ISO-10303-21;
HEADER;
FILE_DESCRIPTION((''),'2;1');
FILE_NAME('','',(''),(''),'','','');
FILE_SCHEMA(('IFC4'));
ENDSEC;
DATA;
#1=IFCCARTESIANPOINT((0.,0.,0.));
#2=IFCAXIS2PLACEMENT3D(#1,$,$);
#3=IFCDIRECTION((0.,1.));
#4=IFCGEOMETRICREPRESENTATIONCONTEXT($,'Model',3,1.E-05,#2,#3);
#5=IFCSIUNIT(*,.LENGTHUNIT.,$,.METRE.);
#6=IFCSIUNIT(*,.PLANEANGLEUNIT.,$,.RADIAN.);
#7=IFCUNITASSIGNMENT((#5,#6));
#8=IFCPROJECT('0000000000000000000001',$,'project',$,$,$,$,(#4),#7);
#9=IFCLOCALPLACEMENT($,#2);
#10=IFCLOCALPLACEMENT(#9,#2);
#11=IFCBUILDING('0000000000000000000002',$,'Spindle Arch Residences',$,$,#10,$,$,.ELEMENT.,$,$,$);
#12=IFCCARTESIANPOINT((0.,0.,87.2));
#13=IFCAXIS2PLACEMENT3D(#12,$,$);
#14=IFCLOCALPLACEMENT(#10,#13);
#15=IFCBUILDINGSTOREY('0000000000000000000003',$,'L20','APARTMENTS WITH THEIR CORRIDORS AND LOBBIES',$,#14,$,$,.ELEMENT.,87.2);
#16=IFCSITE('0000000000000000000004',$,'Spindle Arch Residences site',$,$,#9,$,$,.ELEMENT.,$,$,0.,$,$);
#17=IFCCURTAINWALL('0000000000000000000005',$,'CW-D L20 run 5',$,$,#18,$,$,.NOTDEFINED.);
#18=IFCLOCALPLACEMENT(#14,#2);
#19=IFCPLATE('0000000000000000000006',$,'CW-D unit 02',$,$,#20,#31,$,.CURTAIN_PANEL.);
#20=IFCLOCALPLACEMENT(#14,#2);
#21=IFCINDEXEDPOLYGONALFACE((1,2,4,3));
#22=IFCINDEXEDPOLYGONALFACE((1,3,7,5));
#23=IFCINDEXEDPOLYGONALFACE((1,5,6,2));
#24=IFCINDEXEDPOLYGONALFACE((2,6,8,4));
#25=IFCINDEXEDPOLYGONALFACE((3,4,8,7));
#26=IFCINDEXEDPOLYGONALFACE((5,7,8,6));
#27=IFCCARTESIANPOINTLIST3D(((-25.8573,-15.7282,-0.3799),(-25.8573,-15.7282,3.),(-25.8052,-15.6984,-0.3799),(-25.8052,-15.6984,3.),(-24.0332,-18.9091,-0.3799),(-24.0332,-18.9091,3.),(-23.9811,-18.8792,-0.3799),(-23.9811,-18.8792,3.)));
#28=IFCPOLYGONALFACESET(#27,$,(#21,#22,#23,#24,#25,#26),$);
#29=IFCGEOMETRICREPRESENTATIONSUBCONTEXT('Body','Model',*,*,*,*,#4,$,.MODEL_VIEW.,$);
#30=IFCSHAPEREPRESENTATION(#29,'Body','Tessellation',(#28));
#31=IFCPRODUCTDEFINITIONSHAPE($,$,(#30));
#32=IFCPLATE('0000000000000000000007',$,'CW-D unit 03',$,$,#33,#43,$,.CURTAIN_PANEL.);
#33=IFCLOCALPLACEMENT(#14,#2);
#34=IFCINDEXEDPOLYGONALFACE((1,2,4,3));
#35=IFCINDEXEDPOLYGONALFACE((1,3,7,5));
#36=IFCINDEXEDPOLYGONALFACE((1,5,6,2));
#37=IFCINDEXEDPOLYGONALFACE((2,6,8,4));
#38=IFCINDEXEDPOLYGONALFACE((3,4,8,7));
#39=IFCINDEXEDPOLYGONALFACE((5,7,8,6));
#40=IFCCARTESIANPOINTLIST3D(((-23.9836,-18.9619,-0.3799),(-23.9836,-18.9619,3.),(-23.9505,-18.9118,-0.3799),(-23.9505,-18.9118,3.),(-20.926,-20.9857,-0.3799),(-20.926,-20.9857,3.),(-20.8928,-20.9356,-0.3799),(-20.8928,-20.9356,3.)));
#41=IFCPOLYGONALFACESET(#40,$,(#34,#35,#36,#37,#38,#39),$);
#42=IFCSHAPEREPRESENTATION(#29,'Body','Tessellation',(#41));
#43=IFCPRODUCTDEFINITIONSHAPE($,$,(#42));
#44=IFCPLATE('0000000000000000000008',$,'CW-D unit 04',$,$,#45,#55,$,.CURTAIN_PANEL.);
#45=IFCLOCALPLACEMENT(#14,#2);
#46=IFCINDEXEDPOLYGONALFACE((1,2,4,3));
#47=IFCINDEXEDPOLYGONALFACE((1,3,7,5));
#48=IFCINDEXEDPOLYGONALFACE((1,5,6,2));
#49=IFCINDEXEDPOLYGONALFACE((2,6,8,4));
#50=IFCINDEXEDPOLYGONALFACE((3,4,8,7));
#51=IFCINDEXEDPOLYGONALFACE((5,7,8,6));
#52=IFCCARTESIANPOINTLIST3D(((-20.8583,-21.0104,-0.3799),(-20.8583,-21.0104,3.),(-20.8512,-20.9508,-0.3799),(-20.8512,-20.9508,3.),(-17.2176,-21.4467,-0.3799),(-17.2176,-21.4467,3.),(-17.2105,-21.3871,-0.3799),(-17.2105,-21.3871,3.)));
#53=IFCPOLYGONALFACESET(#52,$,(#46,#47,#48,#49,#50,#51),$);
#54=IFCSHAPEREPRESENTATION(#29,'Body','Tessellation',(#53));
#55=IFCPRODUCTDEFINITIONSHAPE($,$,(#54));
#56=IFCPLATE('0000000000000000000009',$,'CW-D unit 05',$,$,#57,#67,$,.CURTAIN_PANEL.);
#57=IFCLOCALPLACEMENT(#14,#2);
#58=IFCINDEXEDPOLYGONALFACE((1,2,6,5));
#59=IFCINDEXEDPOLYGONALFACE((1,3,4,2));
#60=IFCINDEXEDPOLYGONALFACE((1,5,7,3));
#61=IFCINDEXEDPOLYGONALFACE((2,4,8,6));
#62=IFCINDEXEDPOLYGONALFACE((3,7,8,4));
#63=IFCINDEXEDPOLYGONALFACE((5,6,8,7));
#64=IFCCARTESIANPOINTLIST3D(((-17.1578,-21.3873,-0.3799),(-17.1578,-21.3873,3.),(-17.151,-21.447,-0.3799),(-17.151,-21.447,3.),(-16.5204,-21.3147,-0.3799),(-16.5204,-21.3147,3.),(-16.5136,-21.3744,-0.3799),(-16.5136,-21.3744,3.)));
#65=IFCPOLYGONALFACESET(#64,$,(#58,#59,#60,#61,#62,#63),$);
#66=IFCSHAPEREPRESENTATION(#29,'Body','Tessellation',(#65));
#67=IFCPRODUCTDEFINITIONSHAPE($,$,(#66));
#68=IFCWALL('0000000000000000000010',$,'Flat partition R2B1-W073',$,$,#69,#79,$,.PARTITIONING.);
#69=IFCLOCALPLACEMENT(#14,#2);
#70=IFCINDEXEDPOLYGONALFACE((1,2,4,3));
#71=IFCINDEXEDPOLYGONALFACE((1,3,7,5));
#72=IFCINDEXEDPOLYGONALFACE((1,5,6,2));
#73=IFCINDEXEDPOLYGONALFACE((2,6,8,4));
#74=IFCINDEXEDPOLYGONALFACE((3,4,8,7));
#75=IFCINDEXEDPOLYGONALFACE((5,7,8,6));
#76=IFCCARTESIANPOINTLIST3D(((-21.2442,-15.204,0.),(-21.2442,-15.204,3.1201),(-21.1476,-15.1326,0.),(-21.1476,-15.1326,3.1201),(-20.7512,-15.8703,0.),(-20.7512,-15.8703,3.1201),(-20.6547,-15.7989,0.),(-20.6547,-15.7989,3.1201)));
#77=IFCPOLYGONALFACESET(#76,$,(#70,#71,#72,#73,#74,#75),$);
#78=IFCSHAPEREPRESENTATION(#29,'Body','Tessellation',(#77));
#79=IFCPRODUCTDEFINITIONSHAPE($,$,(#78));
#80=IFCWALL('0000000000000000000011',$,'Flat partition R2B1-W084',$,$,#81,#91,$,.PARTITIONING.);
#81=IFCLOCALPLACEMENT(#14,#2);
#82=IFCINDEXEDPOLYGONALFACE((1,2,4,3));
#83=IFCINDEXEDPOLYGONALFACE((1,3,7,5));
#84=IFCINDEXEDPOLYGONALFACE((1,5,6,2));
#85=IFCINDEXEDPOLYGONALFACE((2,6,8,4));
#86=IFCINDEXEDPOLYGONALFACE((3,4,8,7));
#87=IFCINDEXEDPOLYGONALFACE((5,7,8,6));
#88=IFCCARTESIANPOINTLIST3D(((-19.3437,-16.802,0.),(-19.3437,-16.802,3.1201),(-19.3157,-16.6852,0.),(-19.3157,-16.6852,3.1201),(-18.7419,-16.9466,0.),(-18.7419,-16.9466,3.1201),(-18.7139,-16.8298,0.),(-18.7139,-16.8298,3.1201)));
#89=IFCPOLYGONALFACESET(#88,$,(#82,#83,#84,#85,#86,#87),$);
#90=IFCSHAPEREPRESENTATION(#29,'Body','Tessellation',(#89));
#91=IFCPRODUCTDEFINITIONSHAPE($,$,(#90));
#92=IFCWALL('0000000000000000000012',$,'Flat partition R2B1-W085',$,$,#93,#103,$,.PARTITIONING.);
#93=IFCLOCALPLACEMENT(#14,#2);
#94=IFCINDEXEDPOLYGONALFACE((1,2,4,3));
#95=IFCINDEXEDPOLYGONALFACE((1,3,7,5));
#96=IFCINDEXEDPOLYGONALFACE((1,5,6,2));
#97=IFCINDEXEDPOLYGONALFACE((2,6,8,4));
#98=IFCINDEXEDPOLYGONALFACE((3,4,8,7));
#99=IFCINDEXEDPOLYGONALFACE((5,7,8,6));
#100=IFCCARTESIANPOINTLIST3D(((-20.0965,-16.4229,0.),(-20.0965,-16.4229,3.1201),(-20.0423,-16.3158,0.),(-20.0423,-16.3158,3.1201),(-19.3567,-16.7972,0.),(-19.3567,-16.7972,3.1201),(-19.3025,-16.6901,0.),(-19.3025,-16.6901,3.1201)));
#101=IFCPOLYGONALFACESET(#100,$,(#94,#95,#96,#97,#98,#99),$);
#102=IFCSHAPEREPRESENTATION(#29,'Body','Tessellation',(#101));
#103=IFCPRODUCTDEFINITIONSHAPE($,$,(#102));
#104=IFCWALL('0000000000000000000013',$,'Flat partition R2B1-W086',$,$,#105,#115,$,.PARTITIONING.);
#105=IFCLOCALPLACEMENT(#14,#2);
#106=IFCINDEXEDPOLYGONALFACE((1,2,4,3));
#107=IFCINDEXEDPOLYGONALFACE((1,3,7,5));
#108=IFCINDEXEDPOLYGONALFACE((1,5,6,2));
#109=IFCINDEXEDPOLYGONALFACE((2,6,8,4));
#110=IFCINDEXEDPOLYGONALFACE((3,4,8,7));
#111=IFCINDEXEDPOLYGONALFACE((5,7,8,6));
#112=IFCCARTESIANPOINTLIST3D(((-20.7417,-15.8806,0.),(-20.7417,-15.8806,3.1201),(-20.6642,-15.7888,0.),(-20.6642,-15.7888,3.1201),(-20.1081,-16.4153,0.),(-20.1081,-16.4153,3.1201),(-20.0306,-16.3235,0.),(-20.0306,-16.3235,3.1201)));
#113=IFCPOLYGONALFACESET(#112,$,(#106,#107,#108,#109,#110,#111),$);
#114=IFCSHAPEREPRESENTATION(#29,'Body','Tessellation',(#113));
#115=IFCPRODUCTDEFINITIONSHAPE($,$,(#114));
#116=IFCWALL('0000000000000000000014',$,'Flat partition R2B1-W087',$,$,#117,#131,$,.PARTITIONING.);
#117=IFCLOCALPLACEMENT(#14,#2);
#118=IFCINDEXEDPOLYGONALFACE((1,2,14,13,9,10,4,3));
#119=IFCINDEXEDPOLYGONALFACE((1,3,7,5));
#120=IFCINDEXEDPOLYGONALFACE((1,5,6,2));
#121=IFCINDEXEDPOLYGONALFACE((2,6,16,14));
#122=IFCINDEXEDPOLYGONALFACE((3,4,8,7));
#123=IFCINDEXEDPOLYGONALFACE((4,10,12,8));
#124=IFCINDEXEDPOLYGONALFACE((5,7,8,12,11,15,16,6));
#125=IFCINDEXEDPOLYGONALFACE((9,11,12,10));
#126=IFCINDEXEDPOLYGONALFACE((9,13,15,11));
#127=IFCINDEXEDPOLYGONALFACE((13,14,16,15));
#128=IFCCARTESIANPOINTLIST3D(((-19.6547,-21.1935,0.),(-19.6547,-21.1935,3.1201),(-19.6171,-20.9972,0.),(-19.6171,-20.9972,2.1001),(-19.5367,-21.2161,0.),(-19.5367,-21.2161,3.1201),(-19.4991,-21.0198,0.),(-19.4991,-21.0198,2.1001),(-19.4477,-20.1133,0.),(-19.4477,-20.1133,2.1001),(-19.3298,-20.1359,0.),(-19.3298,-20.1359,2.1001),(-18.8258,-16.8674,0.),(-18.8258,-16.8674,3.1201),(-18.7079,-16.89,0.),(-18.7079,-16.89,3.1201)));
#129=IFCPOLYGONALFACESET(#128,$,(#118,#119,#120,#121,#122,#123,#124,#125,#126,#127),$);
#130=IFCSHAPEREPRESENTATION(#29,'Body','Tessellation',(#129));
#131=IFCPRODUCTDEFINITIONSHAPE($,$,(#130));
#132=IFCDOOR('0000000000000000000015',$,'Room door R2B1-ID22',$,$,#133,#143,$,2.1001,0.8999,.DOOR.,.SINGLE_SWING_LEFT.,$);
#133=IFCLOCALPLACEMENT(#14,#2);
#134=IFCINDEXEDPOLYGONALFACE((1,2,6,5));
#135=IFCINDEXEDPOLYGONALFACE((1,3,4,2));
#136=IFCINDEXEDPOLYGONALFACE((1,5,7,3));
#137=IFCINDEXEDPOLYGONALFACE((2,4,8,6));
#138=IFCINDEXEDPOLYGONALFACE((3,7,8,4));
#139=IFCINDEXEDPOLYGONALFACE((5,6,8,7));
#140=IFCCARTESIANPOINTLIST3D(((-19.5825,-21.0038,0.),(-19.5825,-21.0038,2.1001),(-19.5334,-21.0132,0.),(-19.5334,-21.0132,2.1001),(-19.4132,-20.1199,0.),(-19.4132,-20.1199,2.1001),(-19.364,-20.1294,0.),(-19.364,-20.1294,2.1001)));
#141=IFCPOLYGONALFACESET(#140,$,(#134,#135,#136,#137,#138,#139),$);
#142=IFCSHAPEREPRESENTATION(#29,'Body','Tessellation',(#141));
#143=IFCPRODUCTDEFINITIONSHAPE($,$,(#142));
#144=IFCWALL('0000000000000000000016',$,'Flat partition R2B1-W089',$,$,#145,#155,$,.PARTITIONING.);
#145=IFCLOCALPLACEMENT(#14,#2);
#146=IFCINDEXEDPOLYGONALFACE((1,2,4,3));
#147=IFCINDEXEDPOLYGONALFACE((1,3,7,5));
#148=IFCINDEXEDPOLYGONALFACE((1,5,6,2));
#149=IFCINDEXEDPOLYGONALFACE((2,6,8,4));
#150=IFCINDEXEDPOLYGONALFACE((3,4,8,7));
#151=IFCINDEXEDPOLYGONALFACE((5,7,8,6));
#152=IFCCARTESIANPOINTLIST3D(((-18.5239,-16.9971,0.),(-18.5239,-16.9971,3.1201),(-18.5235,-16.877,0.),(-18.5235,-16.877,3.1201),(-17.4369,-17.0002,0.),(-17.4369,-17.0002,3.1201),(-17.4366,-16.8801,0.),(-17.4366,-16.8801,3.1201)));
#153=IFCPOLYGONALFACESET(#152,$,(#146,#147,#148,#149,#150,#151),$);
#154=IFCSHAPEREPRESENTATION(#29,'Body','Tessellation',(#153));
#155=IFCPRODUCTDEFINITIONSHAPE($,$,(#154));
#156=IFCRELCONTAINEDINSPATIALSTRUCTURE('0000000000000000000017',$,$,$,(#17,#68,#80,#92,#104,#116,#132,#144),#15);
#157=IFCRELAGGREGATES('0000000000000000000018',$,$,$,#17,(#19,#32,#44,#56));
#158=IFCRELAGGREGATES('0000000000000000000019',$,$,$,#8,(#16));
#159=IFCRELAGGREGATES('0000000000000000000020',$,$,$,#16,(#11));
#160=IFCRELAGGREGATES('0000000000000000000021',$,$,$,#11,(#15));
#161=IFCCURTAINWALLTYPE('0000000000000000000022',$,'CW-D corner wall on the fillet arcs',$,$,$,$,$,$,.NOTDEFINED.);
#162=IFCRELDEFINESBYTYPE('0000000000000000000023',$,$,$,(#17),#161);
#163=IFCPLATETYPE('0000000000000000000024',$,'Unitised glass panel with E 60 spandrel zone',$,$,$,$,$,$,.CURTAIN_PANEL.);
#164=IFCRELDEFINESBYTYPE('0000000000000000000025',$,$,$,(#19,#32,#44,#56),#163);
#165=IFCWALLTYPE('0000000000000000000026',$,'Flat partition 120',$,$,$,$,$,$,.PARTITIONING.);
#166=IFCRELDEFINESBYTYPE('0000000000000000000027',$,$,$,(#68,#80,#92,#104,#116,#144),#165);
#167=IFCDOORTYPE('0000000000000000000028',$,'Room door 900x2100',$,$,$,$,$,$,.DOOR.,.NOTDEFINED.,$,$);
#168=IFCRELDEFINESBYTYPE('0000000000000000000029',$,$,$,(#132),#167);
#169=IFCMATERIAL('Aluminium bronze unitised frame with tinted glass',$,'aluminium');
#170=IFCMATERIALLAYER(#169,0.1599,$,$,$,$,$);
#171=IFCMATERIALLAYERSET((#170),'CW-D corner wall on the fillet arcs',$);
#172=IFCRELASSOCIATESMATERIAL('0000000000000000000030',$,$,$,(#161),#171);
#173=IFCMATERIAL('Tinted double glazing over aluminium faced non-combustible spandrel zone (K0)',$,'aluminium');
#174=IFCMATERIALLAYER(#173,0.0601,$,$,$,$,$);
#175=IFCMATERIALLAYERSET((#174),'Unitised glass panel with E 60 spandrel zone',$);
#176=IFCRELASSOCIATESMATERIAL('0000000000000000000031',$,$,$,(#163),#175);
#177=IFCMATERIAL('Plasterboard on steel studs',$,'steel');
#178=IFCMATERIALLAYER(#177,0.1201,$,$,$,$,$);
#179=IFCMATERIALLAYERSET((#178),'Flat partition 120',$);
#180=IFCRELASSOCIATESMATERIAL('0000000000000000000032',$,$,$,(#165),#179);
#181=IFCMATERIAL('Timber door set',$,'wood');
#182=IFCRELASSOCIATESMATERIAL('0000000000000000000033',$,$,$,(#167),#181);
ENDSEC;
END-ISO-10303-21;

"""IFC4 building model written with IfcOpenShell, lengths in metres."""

from ifc_helpers import new_model, si_unit, direction, frame, frame_2d, origin, origin_2d, place, context, subcontext, project, spatial, rectangle, extrude, material, layer, layer_set, type_object, element, fill, aggregate, save


model = new_model("IFC4")

# Units and contexts
model_context = context("Model", 3, precision=1e-05, world=origin(), true_north=direction((0.0, 1.0)))
body_context = subcontext(model_context, "Body", "Model", "MODEL_VIEW")
ifc_project = project(units=[si_unit("LENGTHUNIT", "METRE"), si_unit("PLANEANGLEUNIT", "RADIAN")], contexts=[model_context])

# Site, building, storey
site_placement = place(None, origin())
site = spatial("IfcSite", under=ifc_project, at=site_placement, Name="Spindle Arch Residences site", CompositionType="ELEMENT", RefElevation=0.0)
building_placement = place(site_placement, origin())
building = spatial("IfcBuilding", under=site, at=building_placement, Name="Spindle Arch Residences", CompositionType="ELEMENT")
storey_placement = place(building_placement, frame((0.0, 0.0, 87.2)))
storey = spatial("IfcBuildingStorey", under=building, at=storey_placement, Name="L20", Description="APARTMENTS WITH THEIR CORRIDORS AND LOBBIES", CompositionType="ELEMENT", Elevation=87.2)

# Curtain wall
ifc_material_1 = material(Name="Aluminium bronze unitised frame with tinted glass", Category="aluminium")
ifc_layer_1 = layer(ifc_material_1, 0.1599)
ifc_layer_set_1 = layer_set([ifc_layer_1], Name="CW-D corner wall on the fillet arcs")
curtain_wall_type = type_object("IfcCurtainWallType", Name="CW-D corner wall on the fillet arcs", PredefinedType="NOTDEFINED", material=ifc_layer_set_1)
curtain_wall_placement = place(storey_placement, origin())
curtain_wall = element("IfcCurtainWall", 1, at=curtain_wall_placement, inside=storey, type_object=curtain_wall_type, Name="CW-D L20 run 5", PredefinedType="NOTDEFINED")

# Plates
ifc_material_2 = material(Name="Tinted double glazing over aluminium faced non-combustible spandrel zone (K0)", Category="aluminium")
ifc_layer_2 = layer(ifc_material_2, 0.0601)
ifc_layer_set_2 = layer_set([ifc_layer_2], Name="Unitised glass panel with E 60 spandrel zone")
plate_type = type_object("IfcPlateType", Name="Unitised glass panel with E 60 spandrel zone", PredefinedType="CURTAIN_PANEL", material=ifc_layer_set_2)
plate_1_placement = place(storey_placement, frame((-24.9192, -17.3037, -0.3799), z_axis=(0.0, 0.0, 1.0), x_axis=(0.497479, -0.867476, 0.0)))
plate_1 = element("IfcPlate", 2, at=plate_1_placement, type_object=plate_type, Name="CW-D unit 02", PredefinedType="CURTAIN_PANEL", context=body_context, shape_type="SweptSolid", body=[
    extrude(rectangle(XDim=3.6667, YDim=0.0601, at=origin_2d()), origin(), (0.0, 0.0, 1.0), 3.3799),
])
plate_2_placement = place(storey_placement, frame((-22.4382, -19.9487, -0.3799), z_axis=(0.0, 0.0, 1.0), x_axis=(0.833886, -0.551937, 0.0)))
plate_2 = element("IfcPlate", 3, at=plate_2_placement, type_object=plate_type, Name="CW-D unit 03", PredefinedType="CURTAIN_PANEL", context=body_context, shape_type="SweptSolid", body=[
    extrude(rectangle(XDim=3.6667, YDim=0.0601, at=origin_2d()), origin(), (0.0, 0.0, 1.0), 3.3799),
])
plate_3_placement = place(storey_placement, frame((-19.0344, -21.1987, -0.3799), z_axis=(0.0, 0.0, 1.0), x_axis=(0.992896, -0.118982, 0.0)))
plate_3 = element("IfcPlate", 4, at=plate_3_placement, type_object=plate_type, Name="CW-D unit 04", PredefinedType="CURTAIN_PANEL", context=body_context, shape_type="SweptSolid", body=[
    extrude(rectangle(XDim=3.6667, YDim=0.0601, at=origin_2d()), origin(), (0.0, 0.0, 1.0), 3.3799),
])
plate_4_placement = place(storey_placement, frame((-16.8357, -21.3809, -0.3799), z_axis=(0.0, 0.0, 1.0), x_axis=(0.993572, 0.113203, 0.0)))
plate_4 = element("IfcPlate", 5, at=plate_4_placement, type_object=plate_type, Name="CW-D unit 05", PredefinedType="CURTAIN_PANEL", context=body_context, shape_type="SweptSolid", body=[
    extrude(rectangle(XDim=0.6416, YDim=0.0601, at=origin_2d()), origin(), (0.0, 0.0, 1.0), 3.3799),
])
aggregate(curtain_wall, [plate_1, plate_2, plate_3, plate_4])

# Walls
ifc_material_3 = material(Name="Plasterboard on steel studs", Category="steel")
ifc_layer_3 = layer(ifc_material_3, 0.1201)
ifc_layer_set_3 = layer_set([ifc_layer_3], Name="Flat partition 120")
wall_type_1 = type_object("IfcWallType", Name="Flat partition 120", PredefinedType="PARTITIONING", material=ifc_layer_set_3)
wall_1_placement = place(storey_placement, frame((-20.7029, -15.8347, 0.0), z_axis=(0.0, 0.0, 1.0), x_axis=(-0.594755, 0.803907, 0.0)))
element("IfcWall", 6, at=wall_1_placement, inside=storey, type_object=wall_type_1, Name="Flat partition R2B1-W073", PredefinedType="PARTITIONING", context=body_context, shape_type="SweptSolid", body=[
    extrude(rectangle(XDim=0.8289, YDim=0.1201, at=frame_2d((0.4146, 0.0))), origin(), (0.0, 0.0, 1.0), 3.1201),
])
wall_2_placement = place(storey_placement, frame((-18.7278, -16.8882, 0.0), z_axis=(0.0, 0.0, 1.0), x_axis=(-0.972351, 0.233522, 0.0)))
element("IfcWall", 7, at=wall_2_placement, inside=storey, type_object=wall_type_1, Name="Flat partition R2B1-W084", PredefinedType="PARTITIONING", context=body_context, shape_type="SweptSolid", body=[
    extrude(rectangle(XDim=0.6189, YDim=0.1201, at=frame_2d((0.3096, 0.0))), origin(), (0.0, 0.0, 1.0), 3.1201),
])
for number, where, z_axis, x_axis, name in (
    (8, (-19.3296, -16.7437, 0.0), (0.0, 0.0, 1.0), (-0.892297, 0.451449, 0.0), "Flat partition R2B1-W085"),
    (9, (-20.0693, -16.3694, 0.0), (0.0, 0.0, 1.0), (-0.764223, 0.644952, 0.0), "Flat partition R2B1-W086"),
):
    element("IfcWall", number, at=place(storey_placement, frame(where, z_axis=z_axis, x_axis=x_axis)), inside=storey, type_object=wall_type_1, Name=name, PredefinedType="PARTITIONING", context=body_context, shape_type="SweptSolid", body=[
        extrude(rectangle(XDim=0.8291, YDim=0.1201, at=frame_2d((0.4146, 0.0))), origin(), (0.0, 0.0, 1.0), 3.1201),
    ])

# Wall, opening, door
wall_3_placement = place(storey_placement, frame((-19.5957, -21.2048, 0.0), z_axis=(0.0, 0.0, 1.0), x_axis=(0.188169, 0.982137, 0.0)))
wall_3 = element("IfcWall", 10, at=wall_3_placement, inside=storey, type_object=wall_type_1, Name="Flat partition R2B1-W087", PredefinedType="PARTITIONING", context=body_context, shape_type="SweptSolid", body=[
    extrude(rectangle(XDim=4.4048, YDim=0.1201, at=frame_2d((2.2024, 0.0))), origin(), (0.0, 0.0, 1.0), 3.1201),
])
opening_1_placement = place(wall_3_placement, frame((0.2, 0.0, 0.0)))
opening_1 = element("IfcOpeningElement", 11, at=opening_1_placement, cuts=wall_3, PredefinedType="OPENING", context=body_context, shape_type="SweptSolid", body=[
    extrude(rectangle(XDim=0.8999, YDim=2.1001, at=frame_2d((0.45, 1.05))), frame((0.0, 0.0701, 0.0), z_axis=(0.0, -1.0, 0.0), x_axis=(1.0, 0.0, 0.0)), (0.0, 0.0, 1.0), 0.1401),
])
ifc_material_4 = material(Name="Timber door set", Category="wood")
door_type = type_object("IfcDoorType", Name="Room door 900x2100", OperationType="NOTDEFINED", PredefinedType="DOOR", material=ifc_material_4)
door_1_placement = place(opening_1_placement, origin())
door_1 = element("IfcDoor", 12, at=door_1_placement, inside=storey, type_object=door_type, Name="Room door R2B1-ID22", OperationType="SINGLE_SWING_LEFT", OverallHeight=2.1001, OverallWidth=0.8999, PredefinedType="DOOR", context=body_context, shape_type="SweptSolid", body=[
    extrude(rectangle(XDim=0.8999, YDim=2.1001, at=frame_2d((0.45, 1.05))), frame((0.0, 0.0249, 0.0), z_axis=(0.0, -1.0, 0.0), x_axis=(1.0, 0.0, 0.0)), (0.0, 0.0, 1.0), 0.05),
])
fill(opening_1, door_1)

# Wall
wall_4_placement = place(storey_placement, frame((-18.5237, -16.937, 0.0), z_axis=(0.0, 0.0, 1.0), x_axis=(0.999996, -0.00292, 0.0)))
element("IfcWall", 13, at=wall_4_placement, inside=storey, type_object=wall_type_1, Name="Flat partition R2B1-W089", PredefinedType="PARTITIONING", context=body_context, shape_type="SweptSolid", body=[
    extrude(rectangle(XDim=1.0869, YDim=0.1201, at=frame_2d((0.5435, 0.0))), origin(), (0.0, 0.0, 1.0), 3.1201),
])

save(model, "model.ifc")
